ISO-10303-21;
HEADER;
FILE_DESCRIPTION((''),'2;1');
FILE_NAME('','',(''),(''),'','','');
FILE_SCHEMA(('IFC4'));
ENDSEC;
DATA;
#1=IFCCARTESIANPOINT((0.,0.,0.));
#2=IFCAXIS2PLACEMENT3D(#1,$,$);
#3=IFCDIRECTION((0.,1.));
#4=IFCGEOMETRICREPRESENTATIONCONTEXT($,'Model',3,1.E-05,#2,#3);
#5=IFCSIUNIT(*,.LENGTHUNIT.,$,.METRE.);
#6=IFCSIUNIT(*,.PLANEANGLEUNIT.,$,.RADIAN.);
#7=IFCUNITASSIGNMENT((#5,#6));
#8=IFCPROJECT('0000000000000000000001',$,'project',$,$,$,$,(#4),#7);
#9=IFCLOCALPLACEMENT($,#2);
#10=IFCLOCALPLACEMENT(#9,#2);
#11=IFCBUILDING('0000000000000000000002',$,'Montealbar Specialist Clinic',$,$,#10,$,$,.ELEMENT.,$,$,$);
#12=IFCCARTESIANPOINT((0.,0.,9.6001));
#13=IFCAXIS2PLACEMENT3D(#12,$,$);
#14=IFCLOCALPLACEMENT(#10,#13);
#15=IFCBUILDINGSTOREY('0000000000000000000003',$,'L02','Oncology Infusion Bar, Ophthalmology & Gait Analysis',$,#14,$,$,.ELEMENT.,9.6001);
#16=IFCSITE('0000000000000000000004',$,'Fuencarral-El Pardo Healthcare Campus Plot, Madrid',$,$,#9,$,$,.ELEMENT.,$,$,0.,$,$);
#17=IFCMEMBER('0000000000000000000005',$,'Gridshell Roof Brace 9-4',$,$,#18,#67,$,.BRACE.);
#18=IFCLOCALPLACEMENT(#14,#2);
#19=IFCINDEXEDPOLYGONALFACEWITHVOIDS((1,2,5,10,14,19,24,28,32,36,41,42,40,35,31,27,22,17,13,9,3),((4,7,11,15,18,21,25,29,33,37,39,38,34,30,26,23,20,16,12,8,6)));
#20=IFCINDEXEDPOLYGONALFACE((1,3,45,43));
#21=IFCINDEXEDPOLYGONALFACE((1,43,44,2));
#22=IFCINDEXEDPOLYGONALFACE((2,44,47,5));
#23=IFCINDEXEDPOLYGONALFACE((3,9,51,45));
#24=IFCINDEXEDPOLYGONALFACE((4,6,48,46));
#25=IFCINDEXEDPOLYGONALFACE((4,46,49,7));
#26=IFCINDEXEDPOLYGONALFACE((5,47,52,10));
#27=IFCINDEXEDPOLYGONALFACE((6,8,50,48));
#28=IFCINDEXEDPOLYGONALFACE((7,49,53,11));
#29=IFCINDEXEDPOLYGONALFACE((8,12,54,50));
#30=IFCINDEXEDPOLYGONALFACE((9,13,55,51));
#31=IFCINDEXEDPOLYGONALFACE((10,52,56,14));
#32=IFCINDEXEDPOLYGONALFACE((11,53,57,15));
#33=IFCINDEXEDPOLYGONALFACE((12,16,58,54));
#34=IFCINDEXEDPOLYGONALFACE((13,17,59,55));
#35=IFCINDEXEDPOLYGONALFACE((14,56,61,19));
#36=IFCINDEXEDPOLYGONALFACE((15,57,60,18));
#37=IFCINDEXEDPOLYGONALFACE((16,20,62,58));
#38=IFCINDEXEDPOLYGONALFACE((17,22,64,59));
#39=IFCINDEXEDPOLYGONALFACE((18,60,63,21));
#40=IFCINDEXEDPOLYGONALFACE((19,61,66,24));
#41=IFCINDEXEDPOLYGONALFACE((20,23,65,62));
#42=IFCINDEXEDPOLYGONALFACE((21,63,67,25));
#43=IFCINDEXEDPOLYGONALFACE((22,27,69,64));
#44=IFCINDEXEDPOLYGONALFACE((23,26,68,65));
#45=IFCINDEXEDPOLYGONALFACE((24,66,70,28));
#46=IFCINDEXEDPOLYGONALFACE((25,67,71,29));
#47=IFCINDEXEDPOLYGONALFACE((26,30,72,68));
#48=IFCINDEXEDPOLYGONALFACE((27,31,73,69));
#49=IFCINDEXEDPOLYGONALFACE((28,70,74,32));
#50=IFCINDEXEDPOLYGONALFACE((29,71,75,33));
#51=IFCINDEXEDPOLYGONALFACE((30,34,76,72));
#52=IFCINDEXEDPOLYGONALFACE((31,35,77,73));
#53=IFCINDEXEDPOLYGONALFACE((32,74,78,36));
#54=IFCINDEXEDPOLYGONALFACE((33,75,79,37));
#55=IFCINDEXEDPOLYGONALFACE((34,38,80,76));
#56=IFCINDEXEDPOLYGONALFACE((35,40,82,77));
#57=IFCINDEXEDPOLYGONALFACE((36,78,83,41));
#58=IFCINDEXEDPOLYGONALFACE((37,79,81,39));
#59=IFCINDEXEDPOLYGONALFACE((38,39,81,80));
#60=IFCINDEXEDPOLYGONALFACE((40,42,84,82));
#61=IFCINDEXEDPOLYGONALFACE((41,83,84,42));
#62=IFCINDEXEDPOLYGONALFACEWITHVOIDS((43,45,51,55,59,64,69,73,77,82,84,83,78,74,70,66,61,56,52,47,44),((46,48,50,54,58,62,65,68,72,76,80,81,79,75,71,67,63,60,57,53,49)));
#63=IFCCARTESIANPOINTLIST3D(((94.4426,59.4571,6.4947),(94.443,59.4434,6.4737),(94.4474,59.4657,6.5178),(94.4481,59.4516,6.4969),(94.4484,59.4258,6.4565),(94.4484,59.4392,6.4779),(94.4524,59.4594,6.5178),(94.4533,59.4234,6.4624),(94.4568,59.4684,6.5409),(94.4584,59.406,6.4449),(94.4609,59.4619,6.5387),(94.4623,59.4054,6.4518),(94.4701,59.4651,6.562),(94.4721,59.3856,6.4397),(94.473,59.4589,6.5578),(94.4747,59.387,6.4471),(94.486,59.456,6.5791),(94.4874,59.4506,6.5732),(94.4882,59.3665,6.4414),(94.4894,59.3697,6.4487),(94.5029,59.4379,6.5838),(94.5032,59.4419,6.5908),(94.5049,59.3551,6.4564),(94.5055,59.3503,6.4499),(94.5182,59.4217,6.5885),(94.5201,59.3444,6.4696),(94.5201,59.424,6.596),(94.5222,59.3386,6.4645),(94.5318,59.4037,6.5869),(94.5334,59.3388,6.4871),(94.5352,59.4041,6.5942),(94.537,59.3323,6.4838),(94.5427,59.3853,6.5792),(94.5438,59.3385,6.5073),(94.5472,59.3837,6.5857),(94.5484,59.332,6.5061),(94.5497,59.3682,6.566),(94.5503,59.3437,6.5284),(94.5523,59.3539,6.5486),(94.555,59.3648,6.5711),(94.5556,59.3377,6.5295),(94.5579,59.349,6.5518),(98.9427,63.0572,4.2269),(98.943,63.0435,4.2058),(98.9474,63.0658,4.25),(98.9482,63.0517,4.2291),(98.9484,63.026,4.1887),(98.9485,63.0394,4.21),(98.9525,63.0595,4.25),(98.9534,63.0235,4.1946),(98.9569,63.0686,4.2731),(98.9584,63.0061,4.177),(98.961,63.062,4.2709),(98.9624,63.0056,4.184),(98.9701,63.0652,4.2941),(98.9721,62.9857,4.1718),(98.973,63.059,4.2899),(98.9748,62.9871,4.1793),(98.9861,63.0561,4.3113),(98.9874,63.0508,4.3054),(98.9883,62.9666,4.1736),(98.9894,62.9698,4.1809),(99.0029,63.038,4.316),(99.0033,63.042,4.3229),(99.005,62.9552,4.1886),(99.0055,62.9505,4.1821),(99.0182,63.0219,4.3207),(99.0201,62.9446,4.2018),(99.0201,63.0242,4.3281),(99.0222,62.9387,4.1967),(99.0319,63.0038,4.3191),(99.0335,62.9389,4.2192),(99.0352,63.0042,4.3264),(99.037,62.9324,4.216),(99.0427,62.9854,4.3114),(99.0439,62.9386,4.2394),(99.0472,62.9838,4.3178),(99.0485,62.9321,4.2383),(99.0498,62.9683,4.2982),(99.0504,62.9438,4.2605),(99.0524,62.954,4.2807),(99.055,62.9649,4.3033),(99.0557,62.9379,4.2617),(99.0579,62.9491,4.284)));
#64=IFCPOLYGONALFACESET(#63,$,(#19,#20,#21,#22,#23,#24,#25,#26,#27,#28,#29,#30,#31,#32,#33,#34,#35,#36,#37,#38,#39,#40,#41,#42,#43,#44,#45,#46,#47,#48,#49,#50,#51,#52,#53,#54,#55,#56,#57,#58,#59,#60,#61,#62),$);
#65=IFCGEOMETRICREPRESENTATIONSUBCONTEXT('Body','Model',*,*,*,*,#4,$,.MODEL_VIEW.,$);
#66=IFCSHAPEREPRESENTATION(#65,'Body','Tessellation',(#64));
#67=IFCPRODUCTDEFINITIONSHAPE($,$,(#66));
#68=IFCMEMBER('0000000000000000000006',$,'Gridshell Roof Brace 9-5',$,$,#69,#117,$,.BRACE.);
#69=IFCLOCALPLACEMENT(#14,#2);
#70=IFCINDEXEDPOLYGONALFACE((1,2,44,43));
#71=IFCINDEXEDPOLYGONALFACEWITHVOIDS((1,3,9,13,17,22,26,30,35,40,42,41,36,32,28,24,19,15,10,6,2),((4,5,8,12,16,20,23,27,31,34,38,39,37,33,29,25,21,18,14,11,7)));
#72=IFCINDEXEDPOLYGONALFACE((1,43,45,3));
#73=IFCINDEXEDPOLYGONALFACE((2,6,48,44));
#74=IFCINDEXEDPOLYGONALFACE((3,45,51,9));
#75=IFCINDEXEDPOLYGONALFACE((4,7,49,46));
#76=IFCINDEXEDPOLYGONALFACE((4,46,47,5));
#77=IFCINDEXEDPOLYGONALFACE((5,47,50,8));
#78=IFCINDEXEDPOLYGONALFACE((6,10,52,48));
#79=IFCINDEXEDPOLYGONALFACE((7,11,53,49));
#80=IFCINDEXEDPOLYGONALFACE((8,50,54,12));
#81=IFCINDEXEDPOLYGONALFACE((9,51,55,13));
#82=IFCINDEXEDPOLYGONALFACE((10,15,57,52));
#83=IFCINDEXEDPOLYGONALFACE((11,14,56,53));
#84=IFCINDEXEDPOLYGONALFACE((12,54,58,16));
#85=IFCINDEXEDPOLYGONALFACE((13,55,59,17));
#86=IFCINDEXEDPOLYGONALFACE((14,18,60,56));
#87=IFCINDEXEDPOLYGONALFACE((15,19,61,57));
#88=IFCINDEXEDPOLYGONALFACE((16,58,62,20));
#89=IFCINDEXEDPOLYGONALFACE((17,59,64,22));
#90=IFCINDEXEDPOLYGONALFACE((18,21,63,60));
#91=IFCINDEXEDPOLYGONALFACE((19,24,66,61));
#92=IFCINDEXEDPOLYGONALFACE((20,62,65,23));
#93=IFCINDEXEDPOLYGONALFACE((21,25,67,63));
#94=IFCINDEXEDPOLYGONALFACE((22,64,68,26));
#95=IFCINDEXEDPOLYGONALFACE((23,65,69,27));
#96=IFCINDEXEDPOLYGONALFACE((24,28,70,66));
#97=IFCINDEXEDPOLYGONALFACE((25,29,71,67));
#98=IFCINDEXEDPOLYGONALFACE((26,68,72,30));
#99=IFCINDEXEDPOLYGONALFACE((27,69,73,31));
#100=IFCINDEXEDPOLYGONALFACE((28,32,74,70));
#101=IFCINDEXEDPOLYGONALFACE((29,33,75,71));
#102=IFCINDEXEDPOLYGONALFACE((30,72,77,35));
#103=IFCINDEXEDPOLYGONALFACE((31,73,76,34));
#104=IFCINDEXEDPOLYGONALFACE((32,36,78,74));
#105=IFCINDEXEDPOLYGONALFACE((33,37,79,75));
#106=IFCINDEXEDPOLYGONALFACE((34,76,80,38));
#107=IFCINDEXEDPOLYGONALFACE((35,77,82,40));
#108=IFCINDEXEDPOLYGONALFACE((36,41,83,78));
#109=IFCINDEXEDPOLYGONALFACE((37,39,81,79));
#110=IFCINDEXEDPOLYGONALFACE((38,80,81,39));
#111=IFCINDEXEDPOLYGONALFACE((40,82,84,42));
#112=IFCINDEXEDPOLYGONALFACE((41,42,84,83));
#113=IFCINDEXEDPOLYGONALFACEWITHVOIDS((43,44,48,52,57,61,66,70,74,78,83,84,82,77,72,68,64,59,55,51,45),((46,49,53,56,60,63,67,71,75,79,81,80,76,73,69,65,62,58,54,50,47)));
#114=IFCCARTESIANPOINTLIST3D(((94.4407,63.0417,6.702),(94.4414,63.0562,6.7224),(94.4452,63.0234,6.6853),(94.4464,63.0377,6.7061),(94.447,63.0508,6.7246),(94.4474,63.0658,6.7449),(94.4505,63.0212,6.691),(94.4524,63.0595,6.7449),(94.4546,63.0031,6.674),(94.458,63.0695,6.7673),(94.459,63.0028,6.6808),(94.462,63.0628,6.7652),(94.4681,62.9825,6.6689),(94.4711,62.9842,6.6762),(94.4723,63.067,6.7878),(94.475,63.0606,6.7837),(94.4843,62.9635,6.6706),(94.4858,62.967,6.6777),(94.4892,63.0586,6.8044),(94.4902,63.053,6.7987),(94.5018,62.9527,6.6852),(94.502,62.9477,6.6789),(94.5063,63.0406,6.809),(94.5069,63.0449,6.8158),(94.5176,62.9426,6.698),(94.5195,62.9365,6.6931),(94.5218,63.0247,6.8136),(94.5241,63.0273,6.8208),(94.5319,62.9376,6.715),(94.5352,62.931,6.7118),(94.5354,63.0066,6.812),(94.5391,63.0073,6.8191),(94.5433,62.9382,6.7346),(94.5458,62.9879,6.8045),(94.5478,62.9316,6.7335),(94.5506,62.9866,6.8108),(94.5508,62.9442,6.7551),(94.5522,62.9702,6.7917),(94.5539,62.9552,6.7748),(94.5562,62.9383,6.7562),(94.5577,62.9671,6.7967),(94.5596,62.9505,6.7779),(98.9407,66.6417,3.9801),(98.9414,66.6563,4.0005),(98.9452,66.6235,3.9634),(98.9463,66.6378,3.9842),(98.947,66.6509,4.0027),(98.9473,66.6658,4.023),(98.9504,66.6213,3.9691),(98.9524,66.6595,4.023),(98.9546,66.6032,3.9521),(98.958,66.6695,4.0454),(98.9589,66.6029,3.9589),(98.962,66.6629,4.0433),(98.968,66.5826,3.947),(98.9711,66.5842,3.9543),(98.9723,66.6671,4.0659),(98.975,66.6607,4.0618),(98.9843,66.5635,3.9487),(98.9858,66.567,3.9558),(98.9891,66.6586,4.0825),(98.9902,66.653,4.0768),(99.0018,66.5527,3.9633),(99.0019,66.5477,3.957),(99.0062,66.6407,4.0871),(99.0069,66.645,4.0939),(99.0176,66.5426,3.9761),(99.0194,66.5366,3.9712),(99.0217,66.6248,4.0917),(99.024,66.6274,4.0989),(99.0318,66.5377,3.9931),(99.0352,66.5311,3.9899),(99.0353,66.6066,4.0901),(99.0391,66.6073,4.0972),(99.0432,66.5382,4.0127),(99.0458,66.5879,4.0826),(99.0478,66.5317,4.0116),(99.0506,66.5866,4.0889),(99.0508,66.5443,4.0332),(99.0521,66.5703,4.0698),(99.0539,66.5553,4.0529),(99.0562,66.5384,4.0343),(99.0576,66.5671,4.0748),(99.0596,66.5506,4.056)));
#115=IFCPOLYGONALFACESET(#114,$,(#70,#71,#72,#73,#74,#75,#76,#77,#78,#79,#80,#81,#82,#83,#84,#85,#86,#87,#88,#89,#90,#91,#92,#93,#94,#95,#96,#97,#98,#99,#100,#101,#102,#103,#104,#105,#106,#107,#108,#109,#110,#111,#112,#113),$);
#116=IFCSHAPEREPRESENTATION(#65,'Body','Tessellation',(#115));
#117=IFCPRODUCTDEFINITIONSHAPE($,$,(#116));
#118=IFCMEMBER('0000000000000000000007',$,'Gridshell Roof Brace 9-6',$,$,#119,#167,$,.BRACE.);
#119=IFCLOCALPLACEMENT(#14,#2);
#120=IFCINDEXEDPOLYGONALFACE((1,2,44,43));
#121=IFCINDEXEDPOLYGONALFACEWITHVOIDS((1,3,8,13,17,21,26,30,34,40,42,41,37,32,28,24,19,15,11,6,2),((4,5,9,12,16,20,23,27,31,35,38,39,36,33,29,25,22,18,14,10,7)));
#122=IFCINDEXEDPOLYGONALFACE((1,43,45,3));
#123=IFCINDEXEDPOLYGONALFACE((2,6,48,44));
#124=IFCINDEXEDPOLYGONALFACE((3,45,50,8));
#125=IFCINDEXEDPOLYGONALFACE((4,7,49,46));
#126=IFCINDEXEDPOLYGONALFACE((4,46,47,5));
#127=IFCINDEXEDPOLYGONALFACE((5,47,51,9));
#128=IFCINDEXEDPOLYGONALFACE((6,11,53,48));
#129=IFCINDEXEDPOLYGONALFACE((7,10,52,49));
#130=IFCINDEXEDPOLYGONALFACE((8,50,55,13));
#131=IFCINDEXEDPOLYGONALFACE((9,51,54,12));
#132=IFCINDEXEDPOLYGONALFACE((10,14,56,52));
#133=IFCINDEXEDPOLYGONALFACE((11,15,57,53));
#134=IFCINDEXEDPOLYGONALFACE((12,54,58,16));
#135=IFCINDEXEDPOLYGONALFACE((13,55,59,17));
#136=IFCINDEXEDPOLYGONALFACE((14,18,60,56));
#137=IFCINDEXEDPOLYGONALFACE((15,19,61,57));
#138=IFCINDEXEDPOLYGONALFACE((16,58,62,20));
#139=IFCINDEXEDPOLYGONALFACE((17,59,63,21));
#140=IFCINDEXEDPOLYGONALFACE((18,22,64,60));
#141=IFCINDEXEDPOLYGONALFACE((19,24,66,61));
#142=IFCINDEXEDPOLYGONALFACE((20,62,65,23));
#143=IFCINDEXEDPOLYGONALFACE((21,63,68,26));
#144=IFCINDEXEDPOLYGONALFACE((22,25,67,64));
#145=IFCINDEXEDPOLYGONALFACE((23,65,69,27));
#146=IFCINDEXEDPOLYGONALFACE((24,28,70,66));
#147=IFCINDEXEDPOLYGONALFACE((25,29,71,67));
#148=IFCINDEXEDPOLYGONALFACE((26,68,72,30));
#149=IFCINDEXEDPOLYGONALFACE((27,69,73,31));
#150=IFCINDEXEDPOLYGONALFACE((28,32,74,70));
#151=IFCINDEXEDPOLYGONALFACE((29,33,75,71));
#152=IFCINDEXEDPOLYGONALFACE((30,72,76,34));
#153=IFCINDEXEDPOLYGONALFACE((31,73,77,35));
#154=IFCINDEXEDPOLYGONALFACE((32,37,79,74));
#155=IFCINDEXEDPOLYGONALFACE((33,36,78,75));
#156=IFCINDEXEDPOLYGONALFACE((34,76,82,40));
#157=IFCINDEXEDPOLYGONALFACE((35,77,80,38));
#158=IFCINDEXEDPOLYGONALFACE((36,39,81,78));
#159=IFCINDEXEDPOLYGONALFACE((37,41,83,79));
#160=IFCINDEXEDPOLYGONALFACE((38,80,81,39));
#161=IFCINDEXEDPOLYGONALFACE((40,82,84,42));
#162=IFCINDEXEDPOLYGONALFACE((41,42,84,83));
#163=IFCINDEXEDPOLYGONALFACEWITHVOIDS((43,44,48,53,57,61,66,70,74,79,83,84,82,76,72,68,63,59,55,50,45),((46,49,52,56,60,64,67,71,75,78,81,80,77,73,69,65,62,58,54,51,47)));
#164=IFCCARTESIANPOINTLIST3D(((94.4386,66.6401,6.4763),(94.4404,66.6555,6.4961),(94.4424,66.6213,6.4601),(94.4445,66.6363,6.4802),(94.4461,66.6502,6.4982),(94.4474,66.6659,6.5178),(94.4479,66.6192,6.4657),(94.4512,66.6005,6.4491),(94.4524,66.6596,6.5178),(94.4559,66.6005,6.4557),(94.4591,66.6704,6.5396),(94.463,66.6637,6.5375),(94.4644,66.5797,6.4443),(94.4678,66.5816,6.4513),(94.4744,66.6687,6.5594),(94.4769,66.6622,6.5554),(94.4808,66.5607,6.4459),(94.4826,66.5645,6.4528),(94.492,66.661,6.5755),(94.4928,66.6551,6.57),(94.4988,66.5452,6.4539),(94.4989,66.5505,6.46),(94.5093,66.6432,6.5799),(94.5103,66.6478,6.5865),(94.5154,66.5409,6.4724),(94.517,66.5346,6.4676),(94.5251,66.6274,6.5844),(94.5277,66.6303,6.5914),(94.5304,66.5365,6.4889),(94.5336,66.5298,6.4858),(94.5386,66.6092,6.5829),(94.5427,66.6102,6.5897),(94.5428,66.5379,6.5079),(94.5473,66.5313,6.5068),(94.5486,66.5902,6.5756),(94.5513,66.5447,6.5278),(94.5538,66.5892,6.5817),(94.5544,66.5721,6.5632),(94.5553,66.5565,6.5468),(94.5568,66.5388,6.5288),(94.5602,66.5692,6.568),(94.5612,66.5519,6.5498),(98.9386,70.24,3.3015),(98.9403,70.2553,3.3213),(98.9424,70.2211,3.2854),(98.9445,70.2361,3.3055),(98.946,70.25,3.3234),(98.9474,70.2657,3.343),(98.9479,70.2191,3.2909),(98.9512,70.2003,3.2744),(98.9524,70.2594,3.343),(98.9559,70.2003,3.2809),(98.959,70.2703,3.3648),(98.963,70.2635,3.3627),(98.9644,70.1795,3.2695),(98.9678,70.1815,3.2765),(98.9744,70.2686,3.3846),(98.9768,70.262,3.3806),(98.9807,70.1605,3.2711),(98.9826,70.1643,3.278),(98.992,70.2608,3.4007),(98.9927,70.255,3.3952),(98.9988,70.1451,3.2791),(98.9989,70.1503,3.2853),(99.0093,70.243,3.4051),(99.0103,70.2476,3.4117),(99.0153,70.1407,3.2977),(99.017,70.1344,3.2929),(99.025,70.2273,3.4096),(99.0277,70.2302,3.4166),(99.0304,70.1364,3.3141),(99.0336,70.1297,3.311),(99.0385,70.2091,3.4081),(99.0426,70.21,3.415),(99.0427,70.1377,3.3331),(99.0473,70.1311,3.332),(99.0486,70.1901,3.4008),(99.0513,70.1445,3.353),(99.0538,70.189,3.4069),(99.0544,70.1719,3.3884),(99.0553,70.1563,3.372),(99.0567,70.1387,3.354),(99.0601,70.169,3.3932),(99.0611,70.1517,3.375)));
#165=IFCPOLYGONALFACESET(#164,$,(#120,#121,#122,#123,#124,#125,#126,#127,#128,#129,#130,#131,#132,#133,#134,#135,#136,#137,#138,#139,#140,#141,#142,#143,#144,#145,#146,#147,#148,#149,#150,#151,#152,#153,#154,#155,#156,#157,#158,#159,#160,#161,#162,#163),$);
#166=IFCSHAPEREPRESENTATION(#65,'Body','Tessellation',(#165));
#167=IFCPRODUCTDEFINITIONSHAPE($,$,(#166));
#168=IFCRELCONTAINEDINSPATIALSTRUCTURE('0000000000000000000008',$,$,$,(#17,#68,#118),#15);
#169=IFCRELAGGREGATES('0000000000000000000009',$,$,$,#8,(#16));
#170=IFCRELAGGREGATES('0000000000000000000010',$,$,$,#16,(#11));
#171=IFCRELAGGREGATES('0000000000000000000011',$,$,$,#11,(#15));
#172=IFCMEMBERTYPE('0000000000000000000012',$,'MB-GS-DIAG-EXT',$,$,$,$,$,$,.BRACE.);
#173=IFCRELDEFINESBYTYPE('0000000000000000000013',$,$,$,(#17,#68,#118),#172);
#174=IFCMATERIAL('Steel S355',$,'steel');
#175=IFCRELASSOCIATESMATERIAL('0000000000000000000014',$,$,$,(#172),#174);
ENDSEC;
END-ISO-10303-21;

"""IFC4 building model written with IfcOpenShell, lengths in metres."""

from ifc_helpers import new_model, si_unit, direction, frame, origin, origin_2d, place, context, subcontext, project, spatial, hollow_circle, extrude, material, material_profile, profile_set, type_object, element, save


model = new_model("IFC4")

# Units and contexts
model_context = context("Model", 3, precision=1e-05, world=origin(), true_north=direction((0.0, 1.0)))
body_context = subcontext(model_context, "Body", "Model", "MODEL_VIEW")
ifc_project = project(units=[si_unit("LENGTHUNIT", "METRE"), si_unit("PLANEANGLEUNIT", "RADIAN")], contexts=[model_context])

# Site, building, storey
site_placement = place(None, origin())
site = spatial("IfcSite", under=ifc_project, at=site_placement, Name="Fuencarral-El Pardo Healthcare Campus Plot, Madrid", CompositionType="ELEMENT", RefElevation=0.0)
building_placement = place(site_placement, origin())
building = spatial("IfcBuilding", under=site, at=building_placement, Name="Montealbar Specialist Clinic", CompositionType="ELEMENT")
storey_placement = place(building_placement, frame((0.0, 0.0, 9.6001)))
storey = spatial("IfcBuildingStorey", under=building, at=storey_placement, Name="L02", Description="Oncology Infusion Bar, Ophthalmology & Gait Analysis", CompositionType="ELEMENT", Elevation=9.6001)

# Shared definitions
ifc_material_1 = material(Name="Steel S355", Category="steel")

# Members
ifc_material_profile_1 = material_profile(ifc_material_1, hollow_circle(Radius=0.0842, WallThickness=0.0081, at=origin_2d()), Name="CHS 168.3x8.0", Category="steel")
ifc_profile_set_1 = profile_set([ifc_material_profile_1], Name="Steel S355")
member_type_1 = type_object("IfcMemberType", Name="MB-GS-DIAG-EXT", PredefinedType="BRACE", material=ifc_profile_set_1)
member_1_placement = place(storey_placement, frame((94.5, 59.3999, 6.5178), z_axis=(0.726622, 0.581314, -0.366189), x_axis=(-0.624705, 0.780861, 0.0)))
element("IfcMember", 1, at=member_1_placement, inside=storey, type_object=member_type_1, Name="Gridshell Roof Brace 9-4", PredefinedType="BRACE", context=body_context, shape_type="SweptSolid", body=[
    extrude(hollow_circle(Radius=0.0842, WallThickness=0.0081, at=origin_2d()), origin(), (0.0, 0.0, 1.0), 6.1931),
])
member_2_placement = place(storey_placement, frame((94.5, 63.0, 6.7449), z_axis=(0.706065, 0.564868, -0.427079), x_axis=(-0.624705, 0.780861, 0.0)))
element("IfcMember", 2, at=member_2_placement, inside=storey, type_object=member_type_1, Name="Gridshell Roof Brace 9-5", PredefinedType="BRACE", context=body_context, shape_type="SweptSolid", body=[
    extrude(hollow_circle(Radius=0.0842, WallThickness=0.0081, at=origin_2d()), origin(), (0.0, 0.0, 1.0), 6.3733),
])
member_3_placement = place(storey_placement, frame((94.5, 66.6001, 6.5178), z_axis=(0.683954, 0.547141, -0.482538), x_axis=(-0.62468, 0.780881, 0.0)))
element("IfcMember", 3, at=member_3_placement, inside=storey, type_object=member_type_1, Name="Gridshell Roof Brace 9-6", PredefinedType="BRACE", context=body_context, shape_type="SweptSolid", body=[
    extrude(hollow_circle(Radius=0.0842, WallThickness=0.0081, at=origin_2d()), origin(), (0.0, 0.0, 1.0), 6.5793),
])

save(model, "model.ifc")
